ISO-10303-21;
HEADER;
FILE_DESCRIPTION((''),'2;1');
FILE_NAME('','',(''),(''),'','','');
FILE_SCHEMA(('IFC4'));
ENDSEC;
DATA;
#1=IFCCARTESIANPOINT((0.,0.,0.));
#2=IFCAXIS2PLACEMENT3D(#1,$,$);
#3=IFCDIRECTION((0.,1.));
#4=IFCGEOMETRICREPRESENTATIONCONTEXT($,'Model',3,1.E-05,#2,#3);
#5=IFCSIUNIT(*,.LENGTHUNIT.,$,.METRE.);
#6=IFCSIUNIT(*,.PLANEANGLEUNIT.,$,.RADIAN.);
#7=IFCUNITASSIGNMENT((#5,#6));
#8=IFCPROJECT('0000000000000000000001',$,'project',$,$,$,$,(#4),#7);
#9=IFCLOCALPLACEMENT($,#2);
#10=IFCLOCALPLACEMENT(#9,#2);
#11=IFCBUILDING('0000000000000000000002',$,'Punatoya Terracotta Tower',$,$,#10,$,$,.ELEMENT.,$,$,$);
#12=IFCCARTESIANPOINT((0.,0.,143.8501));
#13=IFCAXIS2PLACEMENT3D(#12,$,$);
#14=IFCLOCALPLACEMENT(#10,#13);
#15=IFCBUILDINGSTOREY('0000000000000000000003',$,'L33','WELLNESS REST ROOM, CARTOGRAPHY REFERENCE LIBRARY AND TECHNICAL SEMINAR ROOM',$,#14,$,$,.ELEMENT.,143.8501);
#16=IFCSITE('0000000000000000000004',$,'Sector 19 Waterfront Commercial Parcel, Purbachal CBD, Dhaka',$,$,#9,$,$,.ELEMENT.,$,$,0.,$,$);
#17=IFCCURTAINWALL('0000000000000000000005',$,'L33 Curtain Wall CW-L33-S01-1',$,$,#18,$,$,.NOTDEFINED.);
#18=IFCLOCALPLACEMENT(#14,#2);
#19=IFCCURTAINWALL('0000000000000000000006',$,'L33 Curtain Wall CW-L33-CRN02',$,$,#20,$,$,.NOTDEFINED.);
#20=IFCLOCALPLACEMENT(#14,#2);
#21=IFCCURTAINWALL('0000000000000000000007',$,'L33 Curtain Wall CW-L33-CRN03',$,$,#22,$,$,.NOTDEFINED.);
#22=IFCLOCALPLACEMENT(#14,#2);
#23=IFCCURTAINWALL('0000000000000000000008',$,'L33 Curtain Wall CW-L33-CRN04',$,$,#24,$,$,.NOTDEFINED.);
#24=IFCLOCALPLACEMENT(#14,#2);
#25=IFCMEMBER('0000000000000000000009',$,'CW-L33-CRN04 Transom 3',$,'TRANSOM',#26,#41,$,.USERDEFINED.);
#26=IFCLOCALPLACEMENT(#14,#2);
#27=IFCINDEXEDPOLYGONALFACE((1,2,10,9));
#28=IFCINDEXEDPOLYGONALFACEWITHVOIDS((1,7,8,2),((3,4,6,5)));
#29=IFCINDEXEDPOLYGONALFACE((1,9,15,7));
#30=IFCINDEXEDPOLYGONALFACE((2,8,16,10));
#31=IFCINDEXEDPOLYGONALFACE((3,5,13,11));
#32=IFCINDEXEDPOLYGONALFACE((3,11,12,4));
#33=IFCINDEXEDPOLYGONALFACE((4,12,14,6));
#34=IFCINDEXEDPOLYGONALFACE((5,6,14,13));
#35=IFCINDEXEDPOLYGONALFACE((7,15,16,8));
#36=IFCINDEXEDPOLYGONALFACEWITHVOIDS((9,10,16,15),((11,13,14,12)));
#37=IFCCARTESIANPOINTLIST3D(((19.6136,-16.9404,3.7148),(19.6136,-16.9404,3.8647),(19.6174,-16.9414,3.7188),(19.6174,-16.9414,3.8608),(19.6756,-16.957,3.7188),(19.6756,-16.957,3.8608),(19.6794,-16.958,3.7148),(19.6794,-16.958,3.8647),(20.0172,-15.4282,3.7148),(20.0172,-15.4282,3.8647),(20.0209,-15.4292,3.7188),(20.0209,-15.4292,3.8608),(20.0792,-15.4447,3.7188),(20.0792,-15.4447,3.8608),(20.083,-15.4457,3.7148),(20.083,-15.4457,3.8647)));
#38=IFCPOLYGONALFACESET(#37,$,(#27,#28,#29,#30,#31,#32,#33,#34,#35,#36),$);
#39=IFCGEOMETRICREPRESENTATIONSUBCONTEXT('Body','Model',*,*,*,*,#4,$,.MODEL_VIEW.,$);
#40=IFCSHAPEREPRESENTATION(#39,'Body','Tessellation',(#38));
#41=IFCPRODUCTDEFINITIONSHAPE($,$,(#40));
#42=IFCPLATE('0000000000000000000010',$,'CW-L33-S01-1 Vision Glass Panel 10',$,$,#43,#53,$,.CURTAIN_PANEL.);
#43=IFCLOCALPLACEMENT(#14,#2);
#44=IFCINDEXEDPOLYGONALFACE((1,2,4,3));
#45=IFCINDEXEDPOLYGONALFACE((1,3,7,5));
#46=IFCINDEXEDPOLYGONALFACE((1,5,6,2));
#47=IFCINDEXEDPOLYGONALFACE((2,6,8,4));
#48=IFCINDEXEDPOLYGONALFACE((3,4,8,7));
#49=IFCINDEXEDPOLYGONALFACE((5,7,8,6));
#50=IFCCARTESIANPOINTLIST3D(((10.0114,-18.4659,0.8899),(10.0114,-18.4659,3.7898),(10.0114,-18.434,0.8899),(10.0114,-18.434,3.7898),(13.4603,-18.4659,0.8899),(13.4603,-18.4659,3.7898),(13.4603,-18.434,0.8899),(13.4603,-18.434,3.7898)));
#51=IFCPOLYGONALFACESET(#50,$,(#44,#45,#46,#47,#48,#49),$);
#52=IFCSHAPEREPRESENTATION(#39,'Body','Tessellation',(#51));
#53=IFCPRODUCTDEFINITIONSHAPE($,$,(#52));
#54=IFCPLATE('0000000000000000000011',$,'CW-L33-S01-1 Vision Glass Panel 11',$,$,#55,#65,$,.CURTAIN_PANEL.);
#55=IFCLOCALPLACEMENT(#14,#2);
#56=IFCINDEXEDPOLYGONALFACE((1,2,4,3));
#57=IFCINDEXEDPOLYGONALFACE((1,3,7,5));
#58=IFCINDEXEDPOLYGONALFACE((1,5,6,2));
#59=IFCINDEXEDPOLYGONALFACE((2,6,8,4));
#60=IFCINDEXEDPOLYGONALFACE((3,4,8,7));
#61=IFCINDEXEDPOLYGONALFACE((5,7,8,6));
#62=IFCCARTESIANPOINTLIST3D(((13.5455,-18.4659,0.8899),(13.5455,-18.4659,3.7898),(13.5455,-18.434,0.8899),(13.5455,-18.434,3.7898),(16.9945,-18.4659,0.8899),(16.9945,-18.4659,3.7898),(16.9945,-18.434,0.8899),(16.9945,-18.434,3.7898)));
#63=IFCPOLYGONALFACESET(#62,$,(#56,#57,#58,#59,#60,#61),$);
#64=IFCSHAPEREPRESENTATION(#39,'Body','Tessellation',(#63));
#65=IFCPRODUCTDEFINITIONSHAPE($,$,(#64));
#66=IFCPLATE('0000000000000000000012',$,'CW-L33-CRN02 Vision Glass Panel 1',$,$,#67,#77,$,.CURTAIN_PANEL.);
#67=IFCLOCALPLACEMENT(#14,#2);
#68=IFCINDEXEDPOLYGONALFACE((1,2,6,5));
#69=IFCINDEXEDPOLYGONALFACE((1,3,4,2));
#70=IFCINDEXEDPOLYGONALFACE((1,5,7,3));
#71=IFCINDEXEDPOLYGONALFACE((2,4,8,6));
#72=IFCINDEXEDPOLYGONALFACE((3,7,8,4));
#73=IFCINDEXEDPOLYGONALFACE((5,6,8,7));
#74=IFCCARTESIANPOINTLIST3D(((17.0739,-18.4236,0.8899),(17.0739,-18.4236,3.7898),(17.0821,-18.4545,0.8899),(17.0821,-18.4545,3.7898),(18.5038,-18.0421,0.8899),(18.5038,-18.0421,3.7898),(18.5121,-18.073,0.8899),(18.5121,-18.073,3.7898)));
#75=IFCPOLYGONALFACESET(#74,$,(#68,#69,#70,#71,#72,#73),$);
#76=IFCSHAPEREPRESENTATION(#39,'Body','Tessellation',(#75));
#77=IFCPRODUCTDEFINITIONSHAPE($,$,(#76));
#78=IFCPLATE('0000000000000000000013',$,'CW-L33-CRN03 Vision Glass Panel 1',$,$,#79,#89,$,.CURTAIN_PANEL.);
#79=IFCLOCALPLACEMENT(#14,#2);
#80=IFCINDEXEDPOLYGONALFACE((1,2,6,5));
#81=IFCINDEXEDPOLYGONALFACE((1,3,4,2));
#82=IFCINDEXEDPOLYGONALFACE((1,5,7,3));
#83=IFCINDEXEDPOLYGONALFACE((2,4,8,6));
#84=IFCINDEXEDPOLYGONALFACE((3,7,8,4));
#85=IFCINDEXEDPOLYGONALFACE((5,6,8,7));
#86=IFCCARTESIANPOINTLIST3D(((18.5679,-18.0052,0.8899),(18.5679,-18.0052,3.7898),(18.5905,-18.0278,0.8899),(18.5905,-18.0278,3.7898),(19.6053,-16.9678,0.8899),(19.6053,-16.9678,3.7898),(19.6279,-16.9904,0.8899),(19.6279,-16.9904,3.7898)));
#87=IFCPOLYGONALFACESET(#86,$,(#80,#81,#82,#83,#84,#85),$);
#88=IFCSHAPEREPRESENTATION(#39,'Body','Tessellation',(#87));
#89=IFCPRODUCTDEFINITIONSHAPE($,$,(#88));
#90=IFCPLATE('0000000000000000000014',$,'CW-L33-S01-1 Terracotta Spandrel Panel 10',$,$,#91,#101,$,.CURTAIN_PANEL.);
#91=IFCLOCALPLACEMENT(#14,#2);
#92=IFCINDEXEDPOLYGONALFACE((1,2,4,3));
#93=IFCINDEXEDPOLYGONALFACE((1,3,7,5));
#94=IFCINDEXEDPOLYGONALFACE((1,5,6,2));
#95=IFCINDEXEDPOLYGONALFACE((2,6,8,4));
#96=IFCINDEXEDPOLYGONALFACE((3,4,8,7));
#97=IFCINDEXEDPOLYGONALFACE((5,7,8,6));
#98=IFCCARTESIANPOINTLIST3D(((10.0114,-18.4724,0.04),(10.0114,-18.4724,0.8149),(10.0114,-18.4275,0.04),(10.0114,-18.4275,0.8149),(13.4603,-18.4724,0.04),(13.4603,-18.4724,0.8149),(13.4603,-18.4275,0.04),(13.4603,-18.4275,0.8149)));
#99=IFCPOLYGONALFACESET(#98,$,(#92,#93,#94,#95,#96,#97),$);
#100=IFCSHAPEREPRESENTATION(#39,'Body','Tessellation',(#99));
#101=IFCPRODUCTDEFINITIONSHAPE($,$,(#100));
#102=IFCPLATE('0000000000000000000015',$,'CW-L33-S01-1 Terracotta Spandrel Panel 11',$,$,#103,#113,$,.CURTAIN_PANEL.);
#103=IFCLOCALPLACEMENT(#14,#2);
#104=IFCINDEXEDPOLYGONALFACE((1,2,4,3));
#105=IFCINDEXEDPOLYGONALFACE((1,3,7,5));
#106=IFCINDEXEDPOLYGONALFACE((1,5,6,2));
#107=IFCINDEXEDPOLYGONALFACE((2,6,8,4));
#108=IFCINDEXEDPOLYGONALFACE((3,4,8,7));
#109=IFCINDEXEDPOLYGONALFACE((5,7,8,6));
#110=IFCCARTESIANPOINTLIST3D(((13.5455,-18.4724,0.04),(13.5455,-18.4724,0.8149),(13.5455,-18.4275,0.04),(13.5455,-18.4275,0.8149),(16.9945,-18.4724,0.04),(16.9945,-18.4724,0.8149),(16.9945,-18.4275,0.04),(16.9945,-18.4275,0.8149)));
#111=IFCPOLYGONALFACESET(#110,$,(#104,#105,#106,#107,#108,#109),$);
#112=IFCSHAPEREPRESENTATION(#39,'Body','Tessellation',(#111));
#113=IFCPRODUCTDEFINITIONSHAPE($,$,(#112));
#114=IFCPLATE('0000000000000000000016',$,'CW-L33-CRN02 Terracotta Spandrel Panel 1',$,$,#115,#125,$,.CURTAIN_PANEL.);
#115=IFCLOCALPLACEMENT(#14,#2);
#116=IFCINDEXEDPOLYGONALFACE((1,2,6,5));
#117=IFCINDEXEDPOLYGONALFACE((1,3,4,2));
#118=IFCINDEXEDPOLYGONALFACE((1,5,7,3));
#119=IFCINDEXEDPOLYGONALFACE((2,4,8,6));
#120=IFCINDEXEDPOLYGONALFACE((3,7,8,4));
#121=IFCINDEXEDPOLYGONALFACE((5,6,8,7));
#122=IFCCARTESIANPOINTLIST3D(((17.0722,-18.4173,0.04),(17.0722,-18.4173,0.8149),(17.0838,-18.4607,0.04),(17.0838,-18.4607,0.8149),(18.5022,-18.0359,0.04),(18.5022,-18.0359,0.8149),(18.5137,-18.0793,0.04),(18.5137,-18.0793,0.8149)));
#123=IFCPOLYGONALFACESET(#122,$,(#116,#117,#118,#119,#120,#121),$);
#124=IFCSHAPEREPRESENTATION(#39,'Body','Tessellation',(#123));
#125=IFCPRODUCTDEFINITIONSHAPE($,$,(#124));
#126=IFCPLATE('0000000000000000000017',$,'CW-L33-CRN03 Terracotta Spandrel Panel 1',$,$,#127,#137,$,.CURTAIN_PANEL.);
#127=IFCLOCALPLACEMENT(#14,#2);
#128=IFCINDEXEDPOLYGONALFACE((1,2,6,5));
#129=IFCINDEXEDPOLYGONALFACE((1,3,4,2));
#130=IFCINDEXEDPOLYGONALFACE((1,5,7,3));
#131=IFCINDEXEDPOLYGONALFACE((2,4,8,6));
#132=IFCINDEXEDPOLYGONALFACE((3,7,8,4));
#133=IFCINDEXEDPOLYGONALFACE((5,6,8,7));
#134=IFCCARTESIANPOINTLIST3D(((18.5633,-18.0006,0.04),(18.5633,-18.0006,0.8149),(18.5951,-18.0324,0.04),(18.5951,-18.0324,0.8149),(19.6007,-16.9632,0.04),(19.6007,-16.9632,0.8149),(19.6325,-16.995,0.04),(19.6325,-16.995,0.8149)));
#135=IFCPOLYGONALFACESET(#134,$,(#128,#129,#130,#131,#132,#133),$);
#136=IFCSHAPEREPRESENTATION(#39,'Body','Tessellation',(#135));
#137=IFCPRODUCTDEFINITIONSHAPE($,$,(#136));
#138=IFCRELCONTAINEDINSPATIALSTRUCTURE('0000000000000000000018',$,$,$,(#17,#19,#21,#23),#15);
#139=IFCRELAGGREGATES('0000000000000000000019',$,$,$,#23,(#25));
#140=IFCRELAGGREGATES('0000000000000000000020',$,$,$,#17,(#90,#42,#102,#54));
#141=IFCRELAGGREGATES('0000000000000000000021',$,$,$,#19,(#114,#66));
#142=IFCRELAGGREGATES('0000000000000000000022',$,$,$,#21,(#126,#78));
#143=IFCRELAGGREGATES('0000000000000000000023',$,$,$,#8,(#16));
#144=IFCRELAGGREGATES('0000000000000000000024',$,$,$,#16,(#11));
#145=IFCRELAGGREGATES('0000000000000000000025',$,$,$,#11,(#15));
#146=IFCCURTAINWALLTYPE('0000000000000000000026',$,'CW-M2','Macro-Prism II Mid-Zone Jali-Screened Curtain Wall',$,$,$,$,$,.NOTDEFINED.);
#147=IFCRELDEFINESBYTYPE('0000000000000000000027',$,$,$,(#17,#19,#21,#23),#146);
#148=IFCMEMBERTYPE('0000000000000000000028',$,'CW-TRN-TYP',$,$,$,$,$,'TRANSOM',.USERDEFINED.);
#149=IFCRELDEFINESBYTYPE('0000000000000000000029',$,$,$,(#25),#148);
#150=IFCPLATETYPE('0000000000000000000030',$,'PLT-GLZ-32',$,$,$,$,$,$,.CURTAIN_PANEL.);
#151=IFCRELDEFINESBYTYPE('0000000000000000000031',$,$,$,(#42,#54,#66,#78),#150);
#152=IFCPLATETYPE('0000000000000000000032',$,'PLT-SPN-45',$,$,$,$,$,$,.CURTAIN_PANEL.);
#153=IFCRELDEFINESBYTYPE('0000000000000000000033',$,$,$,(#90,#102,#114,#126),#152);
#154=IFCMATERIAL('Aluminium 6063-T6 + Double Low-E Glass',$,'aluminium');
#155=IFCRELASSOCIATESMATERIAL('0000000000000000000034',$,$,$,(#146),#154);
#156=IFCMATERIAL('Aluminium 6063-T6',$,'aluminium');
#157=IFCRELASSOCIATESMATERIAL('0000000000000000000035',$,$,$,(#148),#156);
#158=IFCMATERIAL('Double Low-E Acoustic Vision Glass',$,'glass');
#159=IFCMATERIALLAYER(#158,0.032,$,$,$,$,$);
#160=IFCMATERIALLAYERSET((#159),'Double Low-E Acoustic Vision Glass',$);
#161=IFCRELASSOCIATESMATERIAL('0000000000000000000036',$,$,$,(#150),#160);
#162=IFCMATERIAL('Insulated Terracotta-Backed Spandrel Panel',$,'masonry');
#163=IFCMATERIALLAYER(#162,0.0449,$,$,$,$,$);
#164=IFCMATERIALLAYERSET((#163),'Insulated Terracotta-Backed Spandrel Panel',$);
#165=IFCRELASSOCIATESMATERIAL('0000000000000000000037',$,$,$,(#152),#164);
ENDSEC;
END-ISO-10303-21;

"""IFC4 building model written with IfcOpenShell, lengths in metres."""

from ifc_helpers import new_model, si_unit, direction, frame, origin, origin_2d, place, context, subcontext, project, spatial, rectangle, hollow_rectangle, extrude, material, layer, layer_set, material_profile, profile_set, type_object, element, aggregate, save


model = new_model("IFC4")

# Units and contexts
model_context = context("Model", 3, precision=1e-05, world=origin(), true_north=direction((0.0, 1.0)))
body_context = subcontext(model_context, "Body", "Model", "MODEL_VIEW")
ifc_project = project(units=[si_unit("LENGTHUNIT", "METRE"), si_unit("PLANEANGLEUNIT", "RADIAN")], contexts=[model_context])

# Site, building, storey
site_placement = place(None, origin())
site = spatial("IfcSite", under=ifc_project, at=site_placement, Name="Sector 19 Waterfront Commercial Parcel, Purbachal CBD, Dhaka", CompositionType="ELEMENT", RefElevation=0.0)
building_placement = place(site_placement, origin())
building = spatial("IfcBuilding", under=site, at=building_placement, Name="Punatoya Terracotta Tower", CompositionType="ELEMENT")
storey_placement = place(building_placement, frame((0.0, 0.0, 143.8501)))
storey = spatial("IfcBuildingStorey", under=building, at=storey_placement, Name="L33", Description="WELLNESS REST ROOM, CARTOGRAPHY REFERENCE LIBRARY AND TECHNICAL SEMINAR ROOM", CompositionType="ELEMENT", Elevation=143.8501)

# Curtain walls
ifc_material_1 = material(Name="Aluminium 6063-T6 + Double Low-E Glass", Category="aluminium")
curtain_wall_type = type_object("IfcCurtainWallType", Name="CW-M2", Description="Macro-Prism II Mid-Zone Jali-Screened Curtain Wall", PredefinedType="NOTDEFINED", material=ifc_material_1)
curtain_wall_1_placement = place(storey_placement, origin())
curtain_wall_1 = element("IfcCurtainWall", 1, at=curtain_wall_1_placement, inside=storey, type_object=curtain_wall_type, Name="L33 Curtain Wall CW-L33-S01-1", PredefinedType="NOTDEFINED")
ifc_material_2 = material(Name="Aluminium 6063-T6", Category="aluminium")
curtain_wall_2_placement = place(storey_placement, origin())
curtain_wall_2 = element("IfcCurtainWall", 2, at=curtain_wall_2_placement, inside=storey, type_object=curtain_wall_type, Name="L33 Curtain Wall CW-L33-CRN02", PredefinedType="NOTDEFINED")
curtain_wall_3_placement = place(storey_placement, origin())
curtain_wall_3 = element("IfcCurtainWall", 3, at=curtain_wall_3_placement, inside=storey, type_object=curtain_wall_type, Name="L33 Curtain Wall CW-L33-CRN03", PredefinedType="NOTDEFINED")

# Curtain wall
curtain_wall_4_placement = place(storey_placement, origin())
curtain_wall_4 = element("IfcCurtainWall", 4, at=curtain_wall_4_placement, inside=storey, type_object=curtain_wall_type, Name="L33 Curtain Wall CW-L33-CRN04", PredefinedType="NOTDEFINED")

# Member
ifc_material_profile_1 = material_profile(ifc_material_2, hollow_rectangle(XDim=0.0681, YDim=0.1499, WallThickness=0.0039, at=origin_2d()))
ifc_profile_set_1 = profile_set([ifc_material_profile_1], Name="Aluminium 6063-T6")
member_type_1 = type_object("IfcMemberType", Name="CW-TRN-TYP", ElementType="TRANSOM", PredefinedType="USERDEFINED", material=ifc_profile_set_1)
member_1_placement = place(storey_placement, frame((19.6465, -16.9492, 3.7898), z_axis=(0.257847, 0.966186, 0.0), x_axis=(-0.966186, 0.257847, 0.0)))
member_1 = element("IfcMember", 5, at=member_1_placement, type_object=member_type_1, Name="CW-L33-CRN04 Transom 3", ObjectType="TRANSOM", PredefinedType="USERDEFINED", context=body_context, shape_type="SweptSolid", body=[
    extrude(hollow_rectangle(XDim=0.0681, YDim=0.1499, WallThickness=0.0039, at=origin_2d()), origin(), (0.0, 0.0, 1.0), 1.5652),
])
aggregate(curtain_wall_4, [member_1])

# Plates
ifc_material_3 = material(Name="Double Low-E Acoustic Vision Glass", Category="glass")
ifc_layer_1 = layer(ifc_material_3, 0.032)
ifc_layer_set_1 = layer_set([ifc_layer_1], Name="Double Low-E Acoustic Vision Glass")
plate_type_1 = type_object("IfcPlateType", Name="PLT-GLZ-32", PredefinedType="CURTAIN_PANEL", material=ifc_layer_set_1)
plate_1_placement = place(storey_placement, frame((11.7358, -18.45, 0.8899), z_axis=(0.0, 0.0, 1.0), x_axis=(1.0, 0.0, 0.0)))
plate_1 = element("IfcPlate", 6, at=plate_1_placement, type_object=plate_type_1, Name="CW-L33-S01-1 Vision Glass Panel 10", PredefinedType="CURTAIN_PANEL", context=body_context, shape_type="SweptSolid", body=[
    extrude(rectangle(XDim=3.449, YDim=0.032, at=origin_2d()), origin(), (0.0, 0.0, 1.0), 2.8999),
])
plate_2_placement = place(storey_placement, frame((15.27, -18.45, 0.8899), z_axis=(0.0, 0.0, 1.0), x_axis=(1.0, 0.0, 0.0)))
plate_2 = element("IfcPlate", 7, at=plate_2_placement, type_object=plate_type_1, Name="CW-L33-S01-1 Vision Glass Panel 11", PredefinedType="CURTAIN_PANEL", context=body_context, shape_type="SweptSolid", body=[
    extrude(rectangle(XDim=3.449, YDim=0.032, at=origin_2d()), origin(), (0.0, 0.0, 1.0), 2.8999),
])
plate_3_placement = place(storey_placement, frame((17.793, -18.2483, 0.8899), z_axis=(0.0, 0.0, 1.0), x_axis=(0.966214, 0.257742, 0.0)))
plate_3 = element("IfcPlate", 8, at=plate_3_placement, type_object=plate_type_1, Name="CW-L33-CRN02 Vision Glass Panel 1", PredefinedType="CURTAIN_PANEL", context=body_context, shape_type="SweptSolid", body=[
    extrude(rectangle(XDim=1.48, YDim=0.032, at=origin_2d()), origin(), (0.0, 0.0, 1.0), 2.8999),
])
plate_4_placement = place(storey_placement, frame((19.0979, -17.4978, 0.8899), z_axis=(0.0, 0.0, 1.0), x_axis=(0.707107, 0.707107, 0.0)))
plate_4 = element("IfcPlate", 9, at=plate_4_placement, type_object=plate_type_1, Name="CW-L33-CRN03 Vision Glass Panel 1", PredefinedType="CURTAIN_PANEL", context=body_context, shape_type="SweptSolid", body=[
    extrude(rectangle(XDim=1.467, YDim=0.032, at=origin_2d()), origin(), (0.0, 0.0, 1.0), 2.8999),
])
ifc_material_4 = material(Name="Insulated Terracotta-Backed Spandrel Panel", Category="masonry")
ifc_layer_2 = layer(ifc_material_4, 0.0449)
ifc_layer_set_2 = layer_set([ifc_layer_2], Name="Insulated Terracotta-Backed Spandrel Panel")
plate_type_2 = type_object("IfcPlateType", Name="PLT-SPN-45", PredefinedType="CURTAIN_PANEL", material=ifc_layer_set_2)
plate_5_placement = place(storey_placement, frame((11.7358, -18.45, 0.04), z_axis=(0.0, 0.0, 1.0), x_axis=(1.0, 0.0, 0.0)))
plate_5 = element("IfcPlate", 10, at=plate_5_placement, type_object=plate_type_2, Name="CW-L33-S01-1 Terracotta Spandrel Panel 10", PredefinedType="CURTAIN_PANEL", context=body_context, shape_type="SweptSolid", body=[
    extrude(rectangle(XDim=3.449, YDim=0.0449, at=origin_2d()), origin(), (0.0, 0.0, 1.0), 0.7749),
])
plate_6_placement = place(storey_placement, frame((15.27, -18.45, 0.04), z_axis=(0.0, 0.0, 1.0), x_axis=(1.0, 0.0, 0.0)))
plate_6 = element("IfcPlate", 11, at=plate_6_placement, type_object=plate_type_2, Name="CW-L33-S01-1 Terracotta Spandrel Panel 11", PredefinedType="CURTAIN_PANEL", context=body_context, shape_type="SweptSolid", body=[
    extrude(rectangle(XDim=3.449, YDim=0.0449, at=origin_2d()), origin(), (0.0, 0.0, 1.0), 0.7749),
])
aggregate(curtain_wall_1, [plate_5, plate_1, plate_6, plate_2])
plate_7_placement = place(storey_placement, frame((17.793, -18.2483, 0.04), z_axis=(0.0, 0.0, 1.0), x_axis=(0.966214, 0.257742, 0.0)))
plate_7 = element("IfcPlate", 12, at=plate_7_placement, type_object=plate_type_2, Name="CW-L33-CRN02 Terracotta Spandrel Panel 1", PredefinedType="CURTAIN_PANEL", context=body_context, shape_type="SweptSolid", body=[
    extrude(rectangle(XDim=1.48, YDim=0.0449, at=origin_2d()), origin(), (0.0, 0.0, 1.0), 0.7749),
])
aggregate(curtain_wall_2, [plate_7, plate_3])
plate_8_placement = place(storey_placement, frame((19.0979, -17.4978, 0.04), z_axis=(0.0, 0.0, 1.0), x_axis=(0.707107, 0.707107, 0.0)))
plate_8 = element("IfcPlate", 13, at=plate_8_placement, type_object=plate_type_2, Name="CW-L33-CRN03 Terracotta Spandrel Panel 1", PredefinedType="CURTAIN_PANEL", context=body_context, shape_type="SweptSolid", body=[
    extrude(rectangle(XDim=1.467, YDim=0.0449, at=origin_2d()), origin(), (0.0, 0.0, 1.0), 0.7749),
])
aggregate(curtain_wall_3, [plate_8, plate_4])

save(model, "model.ifc")
